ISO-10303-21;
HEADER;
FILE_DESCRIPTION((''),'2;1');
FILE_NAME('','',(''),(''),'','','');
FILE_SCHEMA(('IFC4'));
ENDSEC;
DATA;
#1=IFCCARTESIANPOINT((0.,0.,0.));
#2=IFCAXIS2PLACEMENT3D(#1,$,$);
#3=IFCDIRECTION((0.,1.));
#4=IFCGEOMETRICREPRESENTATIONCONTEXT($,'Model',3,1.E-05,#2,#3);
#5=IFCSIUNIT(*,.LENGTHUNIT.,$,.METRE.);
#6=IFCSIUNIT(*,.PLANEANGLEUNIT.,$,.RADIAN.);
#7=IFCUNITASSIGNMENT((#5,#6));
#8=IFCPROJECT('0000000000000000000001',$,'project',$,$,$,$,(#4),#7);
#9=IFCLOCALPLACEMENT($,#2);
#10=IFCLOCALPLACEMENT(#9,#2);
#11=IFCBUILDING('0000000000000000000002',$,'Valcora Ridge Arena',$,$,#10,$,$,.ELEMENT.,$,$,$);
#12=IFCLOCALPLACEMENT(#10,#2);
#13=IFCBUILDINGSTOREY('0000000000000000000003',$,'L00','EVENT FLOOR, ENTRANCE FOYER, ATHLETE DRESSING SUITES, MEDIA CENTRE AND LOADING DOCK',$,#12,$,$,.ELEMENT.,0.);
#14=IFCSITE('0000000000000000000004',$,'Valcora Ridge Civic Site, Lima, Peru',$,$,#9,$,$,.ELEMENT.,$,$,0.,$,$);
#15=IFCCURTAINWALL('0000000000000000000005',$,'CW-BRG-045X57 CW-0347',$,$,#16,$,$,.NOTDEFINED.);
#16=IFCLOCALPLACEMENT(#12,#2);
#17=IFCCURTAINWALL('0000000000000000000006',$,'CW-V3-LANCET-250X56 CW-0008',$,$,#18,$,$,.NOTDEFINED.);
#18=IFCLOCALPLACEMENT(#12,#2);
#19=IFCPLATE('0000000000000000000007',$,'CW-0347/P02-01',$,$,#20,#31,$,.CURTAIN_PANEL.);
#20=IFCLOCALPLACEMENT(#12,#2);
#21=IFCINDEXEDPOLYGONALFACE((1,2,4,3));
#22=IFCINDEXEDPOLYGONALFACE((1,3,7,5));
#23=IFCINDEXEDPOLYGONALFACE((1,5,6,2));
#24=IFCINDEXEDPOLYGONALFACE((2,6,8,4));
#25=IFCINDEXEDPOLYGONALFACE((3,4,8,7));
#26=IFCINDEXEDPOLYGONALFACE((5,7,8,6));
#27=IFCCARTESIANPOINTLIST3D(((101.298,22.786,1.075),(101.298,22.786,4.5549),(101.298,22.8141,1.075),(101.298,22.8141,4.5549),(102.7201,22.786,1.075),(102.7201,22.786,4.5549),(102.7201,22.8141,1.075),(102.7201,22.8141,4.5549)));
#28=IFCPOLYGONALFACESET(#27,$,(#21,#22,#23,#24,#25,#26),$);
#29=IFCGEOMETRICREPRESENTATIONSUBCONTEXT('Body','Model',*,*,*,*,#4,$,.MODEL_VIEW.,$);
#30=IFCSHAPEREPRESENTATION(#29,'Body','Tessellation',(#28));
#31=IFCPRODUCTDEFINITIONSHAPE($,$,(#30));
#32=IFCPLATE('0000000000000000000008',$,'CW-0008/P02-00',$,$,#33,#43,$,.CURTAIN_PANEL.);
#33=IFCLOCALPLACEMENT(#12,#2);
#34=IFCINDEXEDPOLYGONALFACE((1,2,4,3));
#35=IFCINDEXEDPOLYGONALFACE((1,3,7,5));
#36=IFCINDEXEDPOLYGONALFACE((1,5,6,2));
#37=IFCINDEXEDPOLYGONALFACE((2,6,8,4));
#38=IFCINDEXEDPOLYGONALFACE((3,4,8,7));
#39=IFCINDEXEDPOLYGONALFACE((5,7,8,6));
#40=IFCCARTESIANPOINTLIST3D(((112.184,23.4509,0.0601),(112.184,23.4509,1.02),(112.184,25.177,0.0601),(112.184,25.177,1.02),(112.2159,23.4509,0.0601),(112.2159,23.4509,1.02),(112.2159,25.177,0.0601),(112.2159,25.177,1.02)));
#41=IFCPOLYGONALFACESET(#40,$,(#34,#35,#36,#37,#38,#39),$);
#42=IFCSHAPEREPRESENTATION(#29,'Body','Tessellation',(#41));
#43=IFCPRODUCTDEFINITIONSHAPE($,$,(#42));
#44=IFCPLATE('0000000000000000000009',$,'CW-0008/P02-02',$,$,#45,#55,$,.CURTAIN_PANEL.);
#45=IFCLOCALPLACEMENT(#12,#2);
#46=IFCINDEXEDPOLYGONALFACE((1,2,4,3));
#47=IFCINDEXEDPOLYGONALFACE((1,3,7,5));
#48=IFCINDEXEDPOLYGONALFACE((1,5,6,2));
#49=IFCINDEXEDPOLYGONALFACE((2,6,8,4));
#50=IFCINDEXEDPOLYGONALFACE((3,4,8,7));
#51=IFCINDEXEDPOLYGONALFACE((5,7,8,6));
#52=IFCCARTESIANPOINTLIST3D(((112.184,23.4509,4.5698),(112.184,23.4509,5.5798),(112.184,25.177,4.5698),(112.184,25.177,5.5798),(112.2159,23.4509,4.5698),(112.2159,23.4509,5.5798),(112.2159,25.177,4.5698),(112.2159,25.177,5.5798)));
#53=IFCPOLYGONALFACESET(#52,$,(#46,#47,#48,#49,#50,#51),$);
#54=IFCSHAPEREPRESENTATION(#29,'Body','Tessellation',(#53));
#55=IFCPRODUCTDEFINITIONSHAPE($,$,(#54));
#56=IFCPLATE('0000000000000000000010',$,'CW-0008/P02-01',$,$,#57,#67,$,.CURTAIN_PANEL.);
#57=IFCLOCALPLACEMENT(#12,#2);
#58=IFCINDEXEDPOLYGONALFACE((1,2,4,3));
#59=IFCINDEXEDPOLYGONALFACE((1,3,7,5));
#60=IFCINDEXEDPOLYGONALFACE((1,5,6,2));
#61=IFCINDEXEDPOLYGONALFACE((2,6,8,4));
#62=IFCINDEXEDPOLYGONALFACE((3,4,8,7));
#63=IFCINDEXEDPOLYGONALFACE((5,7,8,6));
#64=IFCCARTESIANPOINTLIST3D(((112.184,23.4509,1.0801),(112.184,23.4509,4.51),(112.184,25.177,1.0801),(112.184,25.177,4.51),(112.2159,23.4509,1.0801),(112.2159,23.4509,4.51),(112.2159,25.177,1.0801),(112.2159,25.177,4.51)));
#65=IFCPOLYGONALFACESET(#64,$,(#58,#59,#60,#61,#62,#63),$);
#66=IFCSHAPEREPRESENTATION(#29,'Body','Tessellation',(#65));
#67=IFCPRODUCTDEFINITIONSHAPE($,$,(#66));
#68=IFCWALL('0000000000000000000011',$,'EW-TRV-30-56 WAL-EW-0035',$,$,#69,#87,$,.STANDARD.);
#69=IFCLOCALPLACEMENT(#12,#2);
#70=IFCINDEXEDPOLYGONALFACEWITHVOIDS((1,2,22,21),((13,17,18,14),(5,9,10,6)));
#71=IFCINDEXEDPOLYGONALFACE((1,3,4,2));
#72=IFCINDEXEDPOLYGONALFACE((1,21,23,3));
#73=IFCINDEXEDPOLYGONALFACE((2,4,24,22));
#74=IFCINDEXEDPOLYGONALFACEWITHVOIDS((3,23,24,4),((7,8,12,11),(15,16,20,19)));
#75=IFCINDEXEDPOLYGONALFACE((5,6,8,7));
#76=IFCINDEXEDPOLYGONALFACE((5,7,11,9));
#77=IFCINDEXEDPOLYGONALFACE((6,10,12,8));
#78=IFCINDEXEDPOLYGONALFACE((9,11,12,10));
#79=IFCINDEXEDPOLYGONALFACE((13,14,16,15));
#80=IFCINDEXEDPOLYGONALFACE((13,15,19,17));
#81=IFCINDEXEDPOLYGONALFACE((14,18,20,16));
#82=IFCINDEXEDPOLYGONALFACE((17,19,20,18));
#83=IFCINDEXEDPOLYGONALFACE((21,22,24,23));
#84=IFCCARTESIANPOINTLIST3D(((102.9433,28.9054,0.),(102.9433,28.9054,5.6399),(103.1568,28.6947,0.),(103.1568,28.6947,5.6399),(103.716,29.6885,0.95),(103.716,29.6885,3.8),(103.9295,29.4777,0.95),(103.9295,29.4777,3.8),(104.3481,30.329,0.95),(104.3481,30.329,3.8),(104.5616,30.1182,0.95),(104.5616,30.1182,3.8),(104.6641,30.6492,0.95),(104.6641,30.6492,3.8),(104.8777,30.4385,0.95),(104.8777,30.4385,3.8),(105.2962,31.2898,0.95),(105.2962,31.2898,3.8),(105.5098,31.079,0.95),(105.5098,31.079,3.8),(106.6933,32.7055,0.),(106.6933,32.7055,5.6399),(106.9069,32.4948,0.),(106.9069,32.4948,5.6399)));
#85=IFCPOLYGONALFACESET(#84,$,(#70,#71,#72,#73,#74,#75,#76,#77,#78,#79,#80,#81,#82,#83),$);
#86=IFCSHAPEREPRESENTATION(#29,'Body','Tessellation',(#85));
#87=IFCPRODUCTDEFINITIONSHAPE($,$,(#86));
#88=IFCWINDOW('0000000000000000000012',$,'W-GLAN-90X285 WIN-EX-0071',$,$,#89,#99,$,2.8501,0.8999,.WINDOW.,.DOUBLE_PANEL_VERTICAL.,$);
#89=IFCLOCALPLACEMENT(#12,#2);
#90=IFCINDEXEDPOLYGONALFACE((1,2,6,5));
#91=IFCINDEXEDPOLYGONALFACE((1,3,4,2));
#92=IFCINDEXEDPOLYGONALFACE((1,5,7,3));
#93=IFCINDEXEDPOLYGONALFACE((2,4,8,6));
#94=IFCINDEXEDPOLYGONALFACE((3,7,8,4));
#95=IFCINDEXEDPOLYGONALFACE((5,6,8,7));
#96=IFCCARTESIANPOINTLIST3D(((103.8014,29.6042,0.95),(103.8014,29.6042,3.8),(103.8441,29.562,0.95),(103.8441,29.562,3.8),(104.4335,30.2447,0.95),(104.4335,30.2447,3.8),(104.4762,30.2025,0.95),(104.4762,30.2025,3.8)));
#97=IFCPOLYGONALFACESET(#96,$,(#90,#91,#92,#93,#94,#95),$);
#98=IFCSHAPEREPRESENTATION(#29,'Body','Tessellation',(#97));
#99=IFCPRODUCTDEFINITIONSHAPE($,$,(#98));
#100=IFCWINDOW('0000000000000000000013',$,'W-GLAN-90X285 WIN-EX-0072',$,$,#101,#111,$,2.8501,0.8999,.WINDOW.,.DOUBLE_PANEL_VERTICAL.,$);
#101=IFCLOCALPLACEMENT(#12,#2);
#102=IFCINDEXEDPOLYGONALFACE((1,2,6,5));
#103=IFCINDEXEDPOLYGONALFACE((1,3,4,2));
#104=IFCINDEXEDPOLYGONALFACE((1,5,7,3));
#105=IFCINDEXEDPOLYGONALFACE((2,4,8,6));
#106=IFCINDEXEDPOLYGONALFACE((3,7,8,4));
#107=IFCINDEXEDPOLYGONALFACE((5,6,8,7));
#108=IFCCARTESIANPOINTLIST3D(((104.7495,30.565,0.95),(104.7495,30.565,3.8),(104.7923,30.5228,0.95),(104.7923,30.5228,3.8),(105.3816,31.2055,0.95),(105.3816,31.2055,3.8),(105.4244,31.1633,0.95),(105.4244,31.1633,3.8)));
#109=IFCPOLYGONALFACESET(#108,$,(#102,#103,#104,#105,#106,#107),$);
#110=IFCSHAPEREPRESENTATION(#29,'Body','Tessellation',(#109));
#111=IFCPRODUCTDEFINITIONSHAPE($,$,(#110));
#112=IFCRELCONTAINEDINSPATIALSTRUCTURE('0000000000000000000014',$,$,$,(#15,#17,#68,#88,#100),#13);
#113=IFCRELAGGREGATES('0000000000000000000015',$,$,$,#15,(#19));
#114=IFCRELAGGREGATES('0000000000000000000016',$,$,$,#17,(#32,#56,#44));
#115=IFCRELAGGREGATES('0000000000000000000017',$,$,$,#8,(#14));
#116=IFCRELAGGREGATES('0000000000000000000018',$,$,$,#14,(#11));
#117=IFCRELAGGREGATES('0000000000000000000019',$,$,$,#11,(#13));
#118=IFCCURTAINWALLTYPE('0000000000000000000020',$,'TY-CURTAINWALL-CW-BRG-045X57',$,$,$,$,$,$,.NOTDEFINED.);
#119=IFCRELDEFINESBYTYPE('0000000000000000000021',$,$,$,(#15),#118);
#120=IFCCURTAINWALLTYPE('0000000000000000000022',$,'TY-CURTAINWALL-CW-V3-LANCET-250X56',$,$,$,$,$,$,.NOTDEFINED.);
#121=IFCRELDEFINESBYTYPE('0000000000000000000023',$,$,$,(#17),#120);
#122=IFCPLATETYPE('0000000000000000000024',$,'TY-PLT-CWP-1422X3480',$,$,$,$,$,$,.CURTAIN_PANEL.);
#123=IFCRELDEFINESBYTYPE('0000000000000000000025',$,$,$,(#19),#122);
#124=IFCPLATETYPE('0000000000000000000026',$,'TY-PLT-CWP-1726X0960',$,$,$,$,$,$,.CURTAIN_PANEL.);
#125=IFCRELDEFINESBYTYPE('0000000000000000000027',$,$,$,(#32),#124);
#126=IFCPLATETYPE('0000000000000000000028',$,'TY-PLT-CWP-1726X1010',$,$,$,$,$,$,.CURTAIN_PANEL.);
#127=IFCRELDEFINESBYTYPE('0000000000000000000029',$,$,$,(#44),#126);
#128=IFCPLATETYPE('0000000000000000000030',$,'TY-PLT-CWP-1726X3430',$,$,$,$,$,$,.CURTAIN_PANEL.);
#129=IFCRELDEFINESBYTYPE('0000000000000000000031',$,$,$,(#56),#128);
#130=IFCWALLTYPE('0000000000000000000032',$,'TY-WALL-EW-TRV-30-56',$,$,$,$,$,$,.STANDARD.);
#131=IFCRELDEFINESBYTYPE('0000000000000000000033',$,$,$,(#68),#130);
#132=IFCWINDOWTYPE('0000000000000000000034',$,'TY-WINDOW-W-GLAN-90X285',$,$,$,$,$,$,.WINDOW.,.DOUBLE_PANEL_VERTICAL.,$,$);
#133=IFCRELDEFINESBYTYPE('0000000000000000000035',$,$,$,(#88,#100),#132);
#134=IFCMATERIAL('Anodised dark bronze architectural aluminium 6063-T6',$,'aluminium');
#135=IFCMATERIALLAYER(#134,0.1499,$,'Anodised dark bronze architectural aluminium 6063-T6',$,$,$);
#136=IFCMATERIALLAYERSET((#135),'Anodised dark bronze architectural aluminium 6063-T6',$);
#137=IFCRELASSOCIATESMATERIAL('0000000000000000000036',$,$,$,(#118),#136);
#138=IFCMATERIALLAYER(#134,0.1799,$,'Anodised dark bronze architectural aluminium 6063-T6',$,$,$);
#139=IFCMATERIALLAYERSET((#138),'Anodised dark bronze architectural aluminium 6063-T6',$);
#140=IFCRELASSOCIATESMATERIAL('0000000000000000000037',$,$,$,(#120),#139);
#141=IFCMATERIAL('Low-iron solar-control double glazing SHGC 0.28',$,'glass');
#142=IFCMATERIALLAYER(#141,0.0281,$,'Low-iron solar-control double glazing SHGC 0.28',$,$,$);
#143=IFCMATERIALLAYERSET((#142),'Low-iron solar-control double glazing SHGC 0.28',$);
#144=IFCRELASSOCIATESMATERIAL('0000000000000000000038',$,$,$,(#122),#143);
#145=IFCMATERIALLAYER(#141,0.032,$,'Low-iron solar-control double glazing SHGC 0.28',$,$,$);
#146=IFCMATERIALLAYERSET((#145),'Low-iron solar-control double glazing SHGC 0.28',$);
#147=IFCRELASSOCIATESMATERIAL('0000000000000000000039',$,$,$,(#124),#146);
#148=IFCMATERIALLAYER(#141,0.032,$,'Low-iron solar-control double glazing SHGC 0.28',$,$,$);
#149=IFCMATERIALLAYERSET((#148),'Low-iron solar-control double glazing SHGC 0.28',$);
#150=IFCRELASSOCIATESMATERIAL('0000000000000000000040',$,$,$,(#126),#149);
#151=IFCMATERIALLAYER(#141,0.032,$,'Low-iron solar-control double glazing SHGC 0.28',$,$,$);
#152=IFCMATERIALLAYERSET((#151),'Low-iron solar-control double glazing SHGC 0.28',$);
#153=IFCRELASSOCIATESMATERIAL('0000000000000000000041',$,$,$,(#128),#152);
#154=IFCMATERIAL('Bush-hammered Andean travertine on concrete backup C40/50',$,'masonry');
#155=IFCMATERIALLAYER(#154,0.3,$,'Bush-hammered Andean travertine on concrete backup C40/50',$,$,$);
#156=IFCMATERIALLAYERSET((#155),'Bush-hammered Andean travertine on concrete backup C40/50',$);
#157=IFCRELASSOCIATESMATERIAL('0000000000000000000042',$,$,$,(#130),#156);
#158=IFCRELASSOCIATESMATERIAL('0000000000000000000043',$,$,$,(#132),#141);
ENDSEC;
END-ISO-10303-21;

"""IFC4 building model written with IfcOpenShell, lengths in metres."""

from ifc_helpers import new_model, si_unit, direction, frame, frame_2d, origin, origin_2d, place, context, subcontext, project, spatial, rectangle, extrude, material, layer, layer_set, type_object, element, fill, aggregate, save


model = new_model("IFC4")

# Units and contexts
model_context = context("Model", 3, precision=1e-05, world=origin(), true_north=direction((0.0, 1.0)))
body_context = subcontext(model_context, "Body", "Model", "MODEL_VIEW")
ifc_project = project(units=[si_unit("LENGTHUNIT", "METRE"), si_unit("PLANEANGLEUNIT", "RADIAN")], contexts=[model_context])

# Site, building, storey
site_placement = place(None, origin())
site = spatial("IfcSite", under=ifc_project, at=site_placement, Name="Valcora Ridge Civic Site, Lima, Peru", CompositionType="ELEMENT", RefElevation=0.0)
building_placement = place(site_placement, origin())
building = spatial("IfcBuilding", under=site, at=building_placement, Name="Valcora Ridge Arena", CompositionType="ELEMENT")
storey_placement = place(building_placement, origin())
storey = spatial("IfcBuildingStorey", under=building, at=storey_placement, Name="L00", Description="EVENT FLOOR, ENTRANCE FOYER, ATHLETE DRESSING SUITES, MEDIA CENTRE AND LOADING DOCK", CompositionType="ELEMENT", Elevation=0.0)

# Curtain wall
ifc_material_1 = material(Name="Anodised dark bronze architectural aluminium 6063-T6", Category="aluminium")
ifc_layer_1 = layer(ifc_material_1, 0.1499, Name="Anodised dark bronze architectural aluminium 6063-T6")
ifc_layer_set_1 = layer_set([ifc_layer_1], Name="Anodised dark bronze architectural aluminium 6063-T6")
curtain_wall_type_1 = type_object("IfcCurtainWallType", Name="TY-CURTAINWALL-CW-BRG-045X57", PredefinedType="NOTDEFINED", material=ifc_layer_set_1)
curtain_wall_1_placement = place(storey_placement, origin())
curtain_wall_1 = element("IfcCurtainWall", 1, at=curtain_wall_1_placement, inside=storey, type_object=curtain_wall_type_1, Name="CW-BRG-045X57 CW-0347", PredefinedType="NOTDEFINED")

# Curtain wall
ifc_layer_2 = layer(ifc_material_1, 0.1799, Name="Anodised dark bronze architectural aluminium 6063-T6")
ifc_layer_set_2 = layer_set([ifc_layer_2], Name="Anodised dark bronze architectural aluminium 6063-T6")
curtain_wall_type_2 = type_object("IfcCurtainWallType", Name="TY-CURTAINWALL-CW-V3-LANCET-250X56", PredefinedType="NOTDEFINED", material=ifc_layer_set_2)
curtain_wall_2_placement = place(storey_placement, origin())
curtain_wall_2 = element("IfcCurtainWall", 2, at=curtain_wall_2_placement, inside=storey, type_object=curtain_wall_type_2, Name="CW-V3-LANCET-250X56 CW-0008", PredefinedType="NOTDEFINED")

# Plates
ifc_material_2 = material(Name="Low-iron solar-control double glazing SHGC 0.28", Category="glass")
ifc_layer_3 = layer(ifc_material_2, 0.0281, Name="Low-iron solar-control double glazing SHGC 0.28")
ifc_layer_set_3 = layer_set([ifc_layer_3], Name="Low-iron solar-control double glazing SHGC 0.28")
plate_type_1 = type_object("IfcPlateType", Name="TY-PLT-CWP-1422X3480", PredefinedType="CURTAIN_PANEL", material=ifc_layer_set_3)
plate_1_placement = place(storey_placement, frame((102.009, 22.8, 1.075), z_axis=(0.0, 0.0, 1.0), x_axis=(1.0, 0.0, 0.0)))
plate_1 = element("IfcPlate", 3, at=plate_1_placement, type_object=plate_type_1, Name="CW-0347/P02-01", PredefinedType="CURTAIN_PANEL", context=body_context, shape_type="SweptSolid", body=[
    extrude(rectangle(XDim=1.4221, YDim=0.0281, at=origin_2d()), origin(), (0.0, 0.0, 1.0), 3.48),
])
aggregate(curtain_wall_1, [plate_1])
ifc_layer_4 = layer(ifc_material_2, 0.032, Name="Low-iron solar-control double glazing SHGC 0.28")
ifc_layer_set_4 = layer_set([ifc_layer_4], Name="Low-iron solar-control double glazing SHGC 0.28")
plate_type_2 = type_object("IfcPlateType", Name="TY-PLT-CWP-1726X0960", PredefinedType="CURTAIN_PANEL", material=ifc_layer_set_4)
plate_2_placement = place(storey_placement, frame((112.2, 24.314, 0.0601), z_axis=(0.0, 0.0, 1.0), x_axis=(0.0, 1.0, 0.0)))
plate_2 = element("IfcPlate", 4, at=plate_2_placement, type_object=plate_type_2, Name="CW-0008/P02-00", PredefinedType="CURTAIN_PANEL", context=body_context, shape_type="SweptSolid", body=[
    extrude(rectangle(XDim=1.7261, YDim=0.032, at=origin_2d()), origin(), (0.0, 0.0, 1.0), 0.96),
])
ifc_layer_5 = layer(ifc_material_2, 0.032, Name="Low-iron solar-control double glazing SHGC 0.28")
ifc_layer_set_5 = layer_set([ifc_layer_5], Name="Low-iron solar-control double glazing SHGC 0.28")
plate_type_3 = type_object("IfcPlateType", Name="TY-PLT-CWP-1726X1010", PredefinedType="CURTAIN_PANEL", material=ifc_layer_set_5)
plate_3_placement = place(storey_placement, frame((112.2, 24.314, 4.5698), z_axis=(0.0, 0.0, 1.0), x_axis=(0.0, 1.0, 0.0)))
plate_3 = element("IfcPlate", 5, at=plate_3_placement, type_object=plate_type_3, Name="CW-0008/P02-02", PredefinedType="CURTAIN_PANEL", context=body_context, shape_type="SweptSolid", body=[
    extrude(rectangle(XDim=1.7261, YDim=0.032, at=origin_2d()), origin(), (0.0, 0.0, 1.0), 1.01),
])
ifc_layer_6 = layer(ifc_material_2, 0.032, Name="Low-iron solar-control double glazing SHGC 0.28")
ifc_layer_set_6 = layer_set([ifc_layer_6], Name="Low-iron solar-control double glazing SHGC 0.28")
plate_type_4 = type_object("IfcPlateType", Name="TY-PLT-CWP-1726X3430", PredefinedType="CURTAIN_PANEL", material=ifc_layer_set_6)
plate_4_placement = place(storey_placement, frame((112.2, 24.314, 1.0801), z_axis=(0.0, 0.0, 1.0), x_axis=(0.0, 1.0, 0.0)))
plate_4 = element("IfcPlate", 6, at=plate_4_placement, type_object=plate_type_4, Name="CW-0008/P02-01", PredefinedType="CURTAIN_PANEL", context=body_context, shape_type="SweptSolid", body=[
    extrude(rectangle(XDim=1.7261, YDim=0.032, at=origin_2d()), origin(), (0.0, 0.0, 1.0), 3.4299),
])
aggregate(curtain_wall_2, [plate_2, plate_4, plate_3])

# Wall, openings, windows
ifc_material_3 = material(Name="Bush-hammered Andean travertine on concrete backup C40/50", Category="masonry")
ifc_layer_7 = layer(ifc_material_3, 0.3, Name="Bush-hammered Andean travertine on concrete backup C40/50")
ifc_layer_set_7 = layer_set([ifc_layer_7], Name="Bush-hammered Andean travertine on concrete backup C40/50")
wall_type = type_object("IfcWallType", Name="TY-WALL-EW-TRV-30-56", PredefinedType="STANDARD", material=ifc_layer_set_7)
wall_placement = place(storey_placement, frame((103.05, 28.8, 0.0), z_axis=(0.0, 0.0, 1.0), x_axis=(0.702404, 0.711779, 0.0)))
wall = element("IfcWall", 7, at=wall_placement, inside=storey, type_object=wall_type, Name="EW-TRV-30-56 WAL-EW-0035", PredefinedType="STANDARD", context=body_context, shape_type="SweptSolid", body=[
    extrude(rectangle(XDim=5.3389, YDim=0.3, at=frame_2d((2.6694, 0.0))), origin(), (0.0, 0.0, 1.0), 5.6399),
])
opening_1_placement = place(wall_placement, frame((1.1001, 0.0, 0.95)))
opening_1 = element("IfcOpeningElement", 8, at=opening_1_placement, cuts=wall, PredefinedType="OPENING", context=body_context, shape_type="SweptSolid", body=[
    extrude(rectangle(XDim=0.8999, YDim=2.8501, at=frame_2d((0.45, 1.425))), frame((0.0, 0.1599, 0.0), z_axis=(0.0, -1.0, 0.0), x_axis=(1.0, 0.0, 0.0)), (0.0, 0.0, 1.0), 0.3201),
])
opening_2_placement = place(wall_placement, frame((2.45, 0.0, 0.95)))
opening_2 = element("IfcOpeningElement", 9, at=opening_2_placement, cuts=wall, PredefinedType="OPENING", context=body_context, shape_type="SweptSolid", body=[
    extrude(rectangle(XDim=0.8999, YDim=2.8501, at=frame_2d((0.45, 1.425))), frame((0.0, 0.1599, 0.0), z_axis=(0.0, -1.0, 0.0), x_axis=(1.0, 0.0, 0.0)), (0.0, 0.0, 1.0), 0.3201),
])
window_type = type_object("IfcWindowType", Name="TY-WINDOW-W-GLAN-90X285", PartitioningType="DOUBLE_PANEL_VERTICAL", PredefinedType="WINDOW", material=ifc_material_2)
window_1_placement = place(opening_1_placement, origin())
window_1 = element("IfcWindow", 10, at=window_1_placement, inside=storey, type_object=window_type, Name="W-GLAN-90X285 WIN-EX-0071", OverallHeight=2.8501, OverallWidth=0.8999, PartitioningType="DOUBLE_PANEL_VERTICAL", PredefinedType="WINDOW", context=body_context, shape_type="SweptSolid", body=[
    extrude(rectangle(XDim=0.8999, YDim=2.8501, at=frame_2d((0.45, 1.425))), frame((0.0, 0.03, 0.0), z_axis=(0.0, -1.0, 0.0), x_axis=(1.0, 0.0, 0.0)), (0.0, 0.0, 1.0), 0.0601),
])
fill(opening_1, window_1)
window_2_placement = place(opening_2_placement, origin())
window_2 = element("IfcWindow", 11, at=window_2_placement, inside=storey, type_object=window_type, Name="W-GLAN-90X285 WIN-EX-0072", OverallHeight=2.8501, OverallWidth=0.8999, PartitioningType="DOUBLE_PANEL_VERTICAL", PredefinedType="WINDOW", context=body_context, shape_type="SweptSolid", body=[
    extrude(rectangle(XDim=0.8999, YDim=2.8501, at=frame_2d((0.45, 1.425))), frame((0.0, 0.03, 0.0), z_axis=(0.0, -1.0, 0.0), x_axis=(1.0, 0.0, 0.0)), (0.0, 0.0, 1.0), 0.0601),
])
fill(opening_2, window_2)

save(model, "model.ifc")
